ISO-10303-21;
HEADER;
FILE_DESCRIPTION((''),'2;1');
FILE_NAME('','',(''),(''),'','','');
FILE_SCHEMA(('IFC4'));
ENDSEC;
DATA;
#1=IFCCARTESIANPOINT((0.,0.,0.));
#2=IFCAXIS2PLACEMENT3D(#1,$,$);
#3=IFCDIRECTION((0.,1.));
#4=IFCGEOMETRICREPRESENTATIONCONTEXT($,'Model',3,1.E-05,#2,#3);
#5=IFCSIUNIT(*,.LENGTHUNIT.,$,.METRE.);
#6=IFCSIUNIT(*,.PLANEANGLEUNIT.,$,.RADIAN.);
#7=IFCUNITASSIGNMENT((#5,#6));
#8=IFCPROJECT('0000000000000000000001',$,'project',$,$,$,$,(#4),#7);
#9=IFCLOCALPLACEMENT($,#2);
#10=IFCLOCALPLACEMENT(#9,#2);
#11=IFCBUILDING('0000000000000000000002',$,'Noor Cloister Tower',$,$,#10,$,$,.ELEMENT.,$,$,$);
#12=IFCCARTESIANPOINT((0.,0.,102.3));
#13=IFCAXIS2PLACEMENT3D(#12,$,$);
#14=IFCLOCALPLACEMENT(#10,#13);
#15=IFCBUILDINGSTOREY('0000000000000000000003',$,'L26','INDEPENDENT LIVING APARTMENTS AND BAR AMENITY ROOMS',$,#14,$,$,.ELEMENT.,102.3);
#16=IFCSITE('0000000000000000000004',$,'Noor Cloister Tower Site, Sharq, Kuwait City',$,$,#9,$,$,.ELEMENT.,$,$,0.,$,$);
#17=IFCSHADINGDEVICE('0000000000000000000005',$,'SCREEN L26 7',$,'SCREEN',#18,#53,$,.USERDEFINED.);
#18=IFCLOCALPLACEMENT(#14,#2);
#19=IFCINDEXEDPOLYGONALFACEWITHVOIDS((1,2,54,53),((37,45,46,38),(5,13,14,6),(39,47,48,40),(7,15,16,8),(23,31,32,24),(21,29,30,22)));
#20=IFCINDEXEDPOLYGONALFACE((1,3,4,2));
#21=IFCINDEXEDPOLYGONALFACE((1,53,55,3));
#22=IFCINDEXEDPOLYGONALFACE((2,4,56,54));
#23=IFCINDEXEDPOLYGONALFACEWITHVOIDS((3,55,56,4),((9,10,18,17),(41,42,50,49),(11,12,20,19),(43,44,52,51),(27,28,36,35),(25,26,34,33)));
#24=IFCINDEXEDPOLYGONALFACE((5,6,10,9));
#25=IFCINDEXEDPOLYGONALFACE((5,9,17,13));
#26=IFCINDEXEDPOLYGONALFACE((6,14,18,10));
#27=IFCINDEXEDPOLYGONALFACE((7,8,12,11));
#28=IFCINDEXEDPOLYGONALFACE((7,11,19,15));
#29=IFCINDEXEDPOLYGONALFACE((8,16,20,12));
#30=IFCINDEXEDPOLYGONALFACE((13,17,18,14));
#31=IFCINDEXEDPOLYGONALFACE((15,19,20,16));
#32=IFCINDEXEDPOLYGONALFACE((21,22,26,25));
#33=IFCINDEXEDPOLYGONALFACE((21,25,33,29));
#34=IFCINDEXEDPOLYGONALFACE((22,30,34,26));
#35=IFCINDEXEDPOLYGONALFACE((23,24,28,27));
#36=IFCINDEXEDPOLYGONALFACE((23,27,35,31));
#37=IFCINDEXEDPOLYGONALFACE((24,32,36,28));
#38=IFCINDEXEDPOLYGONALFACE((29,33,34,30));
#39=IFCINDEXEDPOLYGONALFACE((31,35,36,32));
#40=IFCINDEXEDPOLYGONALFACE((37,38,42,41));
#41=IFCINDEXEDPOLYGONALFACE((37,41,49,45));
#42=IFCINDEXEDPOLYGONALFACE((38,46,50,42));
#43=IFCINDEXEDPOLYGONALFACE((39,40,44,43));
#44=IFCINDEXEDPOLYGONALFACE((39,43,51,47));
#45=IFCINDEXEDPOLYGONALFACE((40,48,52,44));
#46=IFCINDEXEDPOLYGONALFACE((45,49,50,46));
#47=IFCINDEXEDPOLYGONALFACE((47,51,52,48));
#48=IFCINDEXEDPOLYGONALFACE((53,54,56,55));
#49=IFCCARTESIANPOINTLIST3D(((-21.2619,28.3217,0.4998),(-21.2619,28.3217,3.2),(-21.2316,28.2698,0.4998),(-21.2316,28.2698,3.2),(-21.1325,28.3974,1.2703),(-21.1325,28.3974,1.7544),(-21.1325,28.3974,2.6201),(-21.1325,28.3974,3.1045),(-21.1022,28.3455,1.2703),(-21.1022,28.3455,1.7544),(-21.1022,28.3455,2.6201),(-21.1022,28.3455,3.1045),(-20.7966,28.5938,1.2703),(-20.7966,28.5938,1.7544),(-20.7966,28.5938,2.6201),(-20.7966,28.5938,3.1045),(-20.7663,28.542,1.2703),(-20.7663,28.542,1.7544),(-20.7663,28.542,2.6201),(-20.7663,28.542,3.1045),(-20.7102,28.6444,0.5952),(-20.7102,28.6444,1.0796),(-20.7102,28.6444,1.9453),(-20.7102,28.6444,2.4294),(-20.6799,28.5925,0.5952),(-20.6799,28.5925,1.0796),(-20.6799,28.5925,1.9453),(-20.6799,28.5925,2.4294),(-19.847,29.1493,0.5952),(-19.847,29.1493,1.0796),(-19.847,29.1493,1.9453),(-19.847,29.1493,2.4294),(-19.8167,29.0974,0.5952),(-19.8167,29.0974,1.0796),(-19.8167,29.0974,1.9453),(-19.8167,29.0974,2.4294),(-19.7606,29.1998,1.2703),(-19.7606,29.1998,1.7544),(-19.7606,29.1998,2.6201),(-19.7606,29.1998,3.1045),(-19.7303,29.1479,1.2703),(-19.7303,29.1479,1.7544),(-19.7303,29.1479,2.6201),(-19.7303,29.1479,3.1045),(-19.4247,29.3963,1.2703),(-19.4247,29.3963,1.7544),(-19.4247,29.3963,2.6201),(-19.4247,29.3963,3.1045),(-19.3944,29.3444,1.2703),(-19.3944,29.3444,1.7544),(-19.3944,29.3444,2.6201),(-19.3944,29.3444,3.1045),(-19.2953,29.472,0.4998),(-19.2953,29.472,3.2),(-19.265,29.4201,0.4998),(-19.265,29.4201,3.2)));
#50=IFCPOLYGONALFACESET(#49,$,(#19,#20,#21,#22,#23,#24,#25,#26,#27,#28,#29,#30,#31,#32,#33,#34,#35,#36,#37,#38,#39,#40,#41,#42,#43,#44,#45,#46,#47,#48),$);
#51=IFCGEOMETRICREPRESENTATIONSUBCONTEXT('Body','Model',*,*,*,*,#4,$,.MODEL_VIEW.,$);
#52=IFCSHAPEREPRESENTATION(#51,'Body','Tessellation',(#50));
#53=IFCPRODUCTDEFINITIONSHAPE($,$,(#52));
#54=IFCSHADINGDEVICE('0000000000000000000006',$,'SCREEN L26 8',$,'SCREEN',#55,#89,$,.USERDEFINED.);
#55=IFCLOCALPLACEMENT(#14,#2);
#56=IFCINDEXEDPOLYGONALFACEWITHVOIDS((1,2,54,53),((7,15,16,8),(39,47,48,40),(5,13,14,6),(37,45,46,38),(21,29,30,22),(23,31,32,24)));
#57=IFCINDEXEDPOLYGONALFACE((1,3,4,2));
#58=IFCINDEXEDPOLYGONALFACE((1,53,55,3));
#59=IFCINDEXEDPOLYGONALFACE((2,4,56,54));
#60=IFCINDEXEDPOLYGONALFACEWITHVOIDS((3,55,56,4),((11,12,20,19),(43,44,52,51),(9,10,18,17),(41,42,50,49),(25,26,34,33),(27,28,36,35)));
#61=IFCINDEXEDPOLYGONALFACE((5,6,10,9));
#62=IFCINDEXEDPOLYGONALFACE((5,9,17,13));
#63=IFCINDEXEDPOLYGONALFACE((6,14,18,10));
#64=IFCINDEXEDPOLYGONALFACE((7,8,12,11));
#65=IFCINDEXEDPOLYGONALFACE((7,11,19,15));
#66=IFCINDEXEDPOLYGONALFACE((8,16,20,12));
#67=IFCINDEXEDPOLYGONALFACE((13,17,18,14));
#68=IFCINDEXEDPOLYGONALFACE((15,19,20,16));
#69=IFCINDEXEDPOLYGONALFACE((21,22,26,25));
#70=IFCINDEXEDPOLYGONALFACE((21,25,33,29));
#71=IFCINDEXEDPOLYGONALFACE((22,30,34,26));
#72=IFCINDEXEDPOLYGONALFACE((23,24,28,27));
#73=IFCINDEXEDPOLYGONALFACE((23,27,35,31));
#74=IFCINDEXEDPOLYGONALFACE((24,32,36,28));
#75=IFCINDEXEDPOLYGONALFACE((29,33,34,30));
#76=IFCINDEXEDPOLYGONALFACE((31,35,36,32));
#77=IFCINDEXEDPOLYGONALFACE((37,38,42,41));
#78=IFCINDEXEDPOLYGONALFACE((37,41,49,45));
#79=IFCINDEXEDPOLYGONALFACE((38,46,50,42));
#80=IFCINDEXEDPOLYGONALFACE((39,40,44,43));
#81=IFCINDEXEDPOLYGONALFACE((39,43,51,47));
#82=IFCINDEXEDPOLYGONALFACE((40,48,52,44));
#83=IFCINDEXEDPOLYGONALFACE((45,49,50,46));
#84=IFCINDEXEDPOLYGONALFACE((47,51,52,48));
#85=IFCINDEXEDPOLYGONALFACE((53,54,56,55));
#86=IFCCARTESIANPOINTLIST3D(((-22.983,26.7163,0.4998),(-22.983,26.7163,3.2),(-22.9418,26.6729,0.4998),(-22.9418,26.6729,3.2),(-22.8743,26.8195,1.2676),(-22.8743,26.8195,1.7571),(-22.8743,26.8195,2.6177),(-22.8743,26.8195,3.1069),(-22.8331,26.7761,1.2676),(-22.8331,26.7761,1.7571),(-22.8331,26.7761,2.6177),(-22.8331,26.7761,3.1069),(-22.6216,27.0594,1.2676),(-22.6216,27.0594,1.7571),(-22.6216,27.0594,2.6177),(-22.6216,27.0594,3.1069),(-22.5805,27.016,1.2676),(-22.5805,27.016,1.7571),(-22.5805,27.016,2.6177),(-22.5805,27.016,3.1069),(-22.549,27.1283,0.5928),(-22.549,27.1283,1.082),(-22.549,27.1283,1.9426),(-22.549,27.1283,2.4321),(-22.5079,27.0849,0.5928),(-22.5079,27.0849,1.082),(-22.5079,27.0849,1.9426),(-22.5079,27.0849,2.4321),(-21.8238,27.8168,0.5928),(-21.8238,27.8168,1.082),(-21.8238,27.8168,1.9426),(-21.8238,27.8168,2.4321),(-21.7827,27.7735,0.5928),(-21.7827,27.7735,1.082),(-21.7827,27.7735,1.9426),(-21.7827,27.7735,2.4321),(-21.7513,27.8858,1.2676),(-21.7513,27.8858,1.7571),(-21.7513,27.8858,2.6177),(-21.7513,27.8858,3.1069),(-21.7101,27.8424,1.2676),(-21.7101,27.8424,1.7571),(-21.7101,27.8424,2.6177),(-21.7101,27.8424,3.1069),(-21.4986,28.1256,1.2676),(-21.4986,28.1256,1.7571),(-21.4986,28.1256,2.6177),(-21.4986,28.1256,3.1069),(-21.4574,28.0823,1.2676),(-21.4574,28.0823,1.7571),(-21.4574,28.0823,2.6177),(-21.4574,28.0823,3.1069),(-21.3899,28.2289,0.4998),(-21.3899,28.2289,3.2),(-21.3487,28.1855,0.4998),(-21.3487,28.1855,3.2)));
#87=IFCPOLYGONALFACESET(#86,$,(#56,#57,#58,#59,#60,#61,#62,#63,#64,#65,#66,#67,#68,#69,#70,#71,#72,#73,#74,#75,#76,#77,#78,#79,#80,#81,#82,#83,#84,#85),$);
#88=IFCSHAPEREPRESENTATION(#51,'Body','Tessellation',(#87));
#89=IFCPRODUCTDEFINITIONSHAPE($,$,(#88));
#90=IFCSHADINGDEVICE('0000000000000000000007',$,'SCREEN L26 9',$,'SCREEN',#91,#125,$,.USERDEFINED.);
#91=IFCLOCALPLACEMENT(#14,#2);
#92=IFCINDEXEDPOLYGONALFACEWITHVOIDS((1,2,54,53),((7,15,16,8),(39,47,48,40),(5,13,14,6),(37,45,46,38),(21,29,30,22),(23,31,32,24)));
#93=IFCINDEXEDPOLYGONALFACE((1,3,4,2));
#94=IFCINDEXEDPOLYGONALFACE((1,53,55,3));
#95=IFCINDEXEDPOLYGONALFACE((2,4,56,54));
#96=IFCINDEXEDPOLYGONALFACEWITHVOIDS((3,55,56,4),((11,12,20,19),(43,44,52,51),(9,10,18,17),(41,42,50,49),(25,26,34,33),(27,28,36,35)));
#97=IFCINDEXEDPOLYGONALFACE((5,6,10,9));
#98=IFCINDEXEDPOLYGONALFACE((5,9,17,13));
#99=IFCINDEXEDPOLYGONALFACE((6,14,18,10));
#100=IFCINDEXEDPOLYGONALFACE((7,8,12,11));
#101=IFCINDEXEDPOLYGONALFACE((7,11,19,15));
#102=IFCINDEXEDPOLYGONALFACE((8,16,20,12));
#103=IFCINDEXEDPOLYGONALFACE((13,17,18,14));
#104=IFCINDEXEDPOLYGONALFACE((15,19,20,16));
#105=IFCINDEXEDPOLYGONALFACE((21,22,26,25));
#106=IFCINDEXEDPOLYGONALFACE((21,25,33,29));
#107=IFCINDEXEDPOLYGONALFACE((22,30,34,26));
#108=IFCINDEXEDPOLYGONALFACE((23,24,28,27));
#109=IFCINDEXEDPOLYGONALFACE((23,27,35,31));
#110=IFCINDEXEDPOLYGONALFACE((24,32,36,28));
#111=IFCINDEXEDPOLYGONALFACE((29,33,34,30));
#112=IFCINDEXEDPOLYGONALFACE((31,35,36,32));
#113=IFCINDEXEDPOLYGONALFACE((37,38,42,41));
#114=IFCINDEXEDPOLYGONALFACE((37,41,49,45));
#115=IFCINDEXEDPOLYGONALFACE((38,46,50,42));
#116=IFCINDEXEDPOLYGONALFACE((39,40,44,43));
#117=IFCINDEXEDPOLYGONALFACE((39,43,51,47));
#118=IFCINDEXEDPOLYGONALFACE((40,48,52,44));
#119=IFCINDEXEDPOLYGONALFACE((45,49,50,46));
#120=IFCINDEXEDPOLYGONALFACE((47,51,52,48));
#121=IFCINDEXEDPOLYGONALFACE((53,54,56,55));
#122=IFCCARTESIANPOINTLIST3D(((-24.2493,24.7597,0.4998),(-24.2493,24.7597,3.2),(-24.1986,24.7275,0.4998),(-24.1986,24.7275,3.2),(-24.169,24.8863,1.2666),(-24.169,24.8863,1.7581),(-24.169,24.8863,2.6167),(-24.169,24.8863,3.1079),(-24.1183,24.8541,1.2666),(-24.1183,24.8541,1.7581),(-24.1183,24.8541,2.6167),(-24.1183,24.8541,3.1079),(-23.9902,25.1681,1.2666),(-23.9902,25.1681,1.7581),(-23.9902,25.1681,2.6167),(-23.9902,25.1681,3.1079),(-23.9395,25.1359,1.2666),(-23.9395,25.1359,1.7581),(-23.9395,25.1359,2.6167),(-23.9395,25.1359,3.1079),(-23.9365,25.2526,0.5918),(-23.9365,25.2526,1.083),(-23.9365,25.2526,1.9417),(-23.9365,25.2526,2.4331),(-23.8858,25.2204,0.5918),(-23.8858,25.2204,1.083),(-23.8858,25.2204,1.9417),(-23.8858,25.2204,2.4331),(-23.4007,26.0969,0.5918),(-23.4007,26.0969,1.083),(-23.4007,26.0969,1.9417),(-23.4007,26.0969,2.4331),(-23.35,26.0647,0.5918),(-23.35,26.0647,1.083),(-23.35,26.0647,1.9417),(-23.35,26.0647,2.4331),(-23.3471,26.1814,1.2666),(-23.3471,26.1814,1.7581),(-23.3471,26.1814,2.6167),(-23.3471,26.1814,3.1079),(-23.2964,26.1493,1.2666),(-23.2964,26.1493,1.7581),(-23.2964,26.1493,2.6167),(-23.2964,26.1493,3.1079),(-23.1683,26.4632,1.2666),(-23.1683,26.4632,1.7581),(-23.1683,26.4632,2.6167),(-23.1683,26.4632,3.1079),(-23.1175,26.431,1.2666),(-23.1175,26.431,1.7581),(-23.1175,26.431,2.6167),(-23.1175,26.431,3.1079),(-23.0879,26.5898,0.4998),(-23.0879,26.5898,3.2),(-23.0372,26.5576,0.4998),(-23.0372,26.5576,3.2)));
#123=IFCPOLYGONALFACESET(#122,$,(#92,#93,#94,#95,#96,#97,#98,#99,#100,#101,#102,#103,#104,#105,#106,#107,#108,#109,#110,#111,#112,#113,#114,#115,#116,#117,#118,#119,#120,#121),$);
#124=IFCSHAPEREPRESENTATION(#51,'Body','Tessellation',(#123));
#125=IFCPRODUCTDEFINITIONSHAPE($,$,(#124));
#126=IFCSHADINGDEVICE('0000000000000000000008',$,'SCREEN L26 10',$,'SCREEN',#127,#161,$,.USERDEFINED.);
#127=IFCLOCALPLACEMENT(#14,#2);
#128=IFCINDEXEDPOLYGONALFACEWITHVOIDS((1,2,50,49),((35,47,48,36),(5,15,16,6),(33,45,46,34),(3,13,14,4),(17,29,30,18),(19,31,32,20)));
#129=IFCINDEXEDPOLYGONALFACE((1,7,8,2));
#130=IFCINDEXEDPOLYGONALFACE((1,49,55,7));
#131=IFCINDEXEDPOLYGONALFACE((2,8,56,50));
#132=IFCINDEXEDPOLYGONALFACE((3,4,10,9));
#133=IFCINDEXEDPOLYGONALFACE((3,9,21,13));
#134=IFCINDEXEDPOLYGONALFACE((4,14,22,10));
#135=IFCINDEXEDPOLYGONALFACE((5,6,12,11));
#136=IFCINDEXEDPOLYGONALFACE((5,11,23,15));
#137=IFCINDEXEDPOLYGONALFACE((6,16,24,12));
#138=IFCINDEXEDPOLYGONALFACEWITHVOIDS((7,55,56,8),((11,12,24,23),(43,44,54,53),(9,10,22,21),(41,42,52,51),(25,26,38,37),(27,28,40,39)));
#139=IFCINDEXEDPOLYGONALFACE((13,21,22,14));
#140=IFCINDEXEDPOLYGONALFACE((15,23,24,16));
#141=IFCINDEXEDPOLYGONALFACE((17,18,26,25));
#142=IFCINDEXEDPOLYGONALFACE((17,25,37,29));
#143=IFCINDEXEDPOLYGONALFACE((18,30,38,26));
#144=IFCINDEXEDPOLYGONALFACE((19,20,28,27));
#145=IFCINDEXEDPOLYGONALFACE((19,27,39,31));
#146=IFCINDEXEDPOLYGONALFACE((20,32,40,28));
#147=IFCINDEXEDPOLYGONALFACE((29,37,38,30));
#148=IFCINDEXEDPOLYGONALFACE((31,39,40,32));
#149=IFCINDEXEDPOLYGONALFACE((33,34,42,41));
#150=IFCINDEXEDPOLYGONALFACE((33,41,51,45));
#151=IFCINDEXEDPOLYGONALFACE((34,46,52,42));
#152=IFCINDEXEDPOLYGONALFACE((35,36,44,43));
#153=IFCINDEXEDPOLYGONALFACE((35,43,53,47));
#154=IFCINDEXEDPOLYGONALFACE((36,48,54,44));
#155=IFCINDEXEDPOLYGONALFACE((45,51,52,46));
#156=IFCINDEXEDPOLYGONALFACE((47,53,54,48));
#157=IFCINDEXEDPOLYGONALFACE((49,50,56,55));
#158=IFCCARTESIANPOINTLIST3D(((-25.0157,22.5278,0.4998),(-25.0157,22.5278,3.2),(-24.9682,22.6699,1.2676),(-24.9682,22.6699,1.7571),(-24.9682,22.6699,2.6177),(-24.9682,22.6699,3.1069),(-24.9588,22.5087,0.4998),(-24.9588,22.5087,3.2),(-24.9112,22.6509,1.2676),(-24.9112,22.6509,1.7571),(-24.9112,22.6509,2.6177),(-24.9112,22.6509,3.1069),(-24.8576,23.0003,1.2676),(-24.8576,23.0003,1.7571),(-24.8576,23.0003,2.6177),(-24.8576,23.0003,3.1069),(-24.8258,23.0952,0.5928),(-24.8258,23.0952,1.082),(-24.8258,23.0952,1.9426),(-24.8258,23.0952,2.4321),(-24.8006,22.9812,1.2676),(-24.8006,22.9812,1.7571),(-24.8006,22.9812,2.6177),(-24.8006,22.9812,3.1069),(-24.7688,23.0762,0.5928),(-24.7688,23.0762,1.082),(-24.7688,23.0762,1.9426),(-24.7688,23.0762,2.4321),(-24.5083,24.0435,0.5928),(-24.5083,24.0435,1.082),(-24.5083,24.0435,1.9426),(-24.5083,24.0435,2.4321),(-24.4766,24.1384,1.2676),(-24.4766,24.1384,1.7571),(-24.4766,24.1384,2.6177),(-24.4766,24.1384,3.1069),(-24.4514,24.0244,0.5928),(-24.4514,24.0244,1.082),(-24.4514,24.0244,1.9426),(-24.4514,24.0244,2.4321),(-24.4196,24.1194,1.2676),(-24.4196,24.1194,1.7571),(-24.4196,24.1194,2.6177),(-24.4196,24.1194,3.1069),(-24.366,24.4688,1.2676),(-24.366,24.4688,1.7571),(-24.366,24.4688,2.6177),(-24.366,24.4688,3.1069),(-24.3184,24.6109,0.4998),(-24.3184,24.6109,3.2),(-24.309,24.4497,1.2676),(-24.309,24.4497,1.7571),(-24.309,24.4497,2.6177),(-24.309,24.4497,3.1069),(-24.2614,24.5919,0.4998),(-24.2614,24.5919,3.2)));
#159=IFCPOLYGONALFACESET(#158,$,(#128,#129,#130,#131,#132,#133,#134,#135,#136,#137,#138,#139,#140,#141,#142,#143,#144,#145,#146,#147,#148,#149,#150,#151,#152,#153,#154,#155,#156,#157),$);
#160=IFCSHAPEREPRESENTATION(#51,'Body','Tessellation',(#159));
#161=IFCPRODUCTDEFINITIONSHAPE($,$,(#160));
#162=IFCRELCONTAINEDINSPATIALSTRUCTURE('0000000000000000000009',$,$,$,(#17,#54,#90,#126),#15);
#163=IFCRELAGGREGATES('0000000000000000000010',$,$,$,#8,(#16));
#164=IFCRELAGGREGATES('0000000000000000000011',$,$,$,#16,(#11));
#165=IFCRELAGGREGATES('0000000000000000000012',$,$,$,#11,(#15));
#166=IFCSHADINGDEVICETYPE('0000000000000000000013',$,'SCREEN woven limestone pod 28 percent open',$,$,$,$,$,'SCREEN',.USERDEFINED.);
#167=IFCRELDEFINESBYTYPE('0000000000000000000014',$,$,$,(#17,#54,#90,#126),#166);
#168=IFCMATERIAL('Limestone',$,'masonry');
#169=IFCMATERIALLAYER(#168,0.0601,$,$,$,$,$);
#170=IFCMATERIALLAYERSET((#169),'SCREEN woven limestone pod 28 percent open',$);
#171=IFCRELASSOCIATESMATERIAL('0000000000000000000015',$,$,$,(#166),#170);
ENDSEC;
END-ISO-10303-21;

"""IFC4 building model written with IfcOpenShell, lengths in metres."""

from ifc_helpers import new_model, si_unit, direction, frame, origin, place, context, subcontext, project, spatial, polyline, outline, extrude, material, layer, layer_set, type_object, element, save


model = new_model("IFC4")

# Units and contexts
model_context = context("Model", 3, precision=1e-05, world=origin(), true_north=direction((0.0, 1.0)))
body_context = subcontext(model_context, "Body", "Model", "MODEL_VIEW")
ifc_project = project(units=[si_unit("LENGTHUNIT", "METRE"), si_unit("PLANEANGLEUNIT", "RADIAN")], contexts=[model_context])

# Site, building, storey
site_placement = place(None, origin())
site = spatial("IfcSite", under=ifc_project, at=site_placement, Name="Noor Cloister Tower Site, Sharq, Kuwait City", CompositionType="ELEMENT", RefElevation=0.0)
building_placement = place(site_placement, origin())
building = spatial("IfcBuilding", under=site, at=building_placement, Name="Noor Cloister Tower", CompositionType="ELEMENT")
storey_placement = place(building_placement, frame((0.0, 0.0, 102.3)))
storey = spatial("IfcBuildingStorey", under=building, at=storey_placement, Name="L26", Description="INDEPENDENT LIVING APARTMENTS AND BAR AMENITY ROOMS", CompositionType="ELEMENT", Elevation=102.3)

# Shading devices
ifc_material_1 = material(Name="Limestone", Category="masonry")
ifc_layer_1 = layer(ifc_material_1, 0.0601)
ifc_layer_set_1 = layer_set([ifc_layer_1], Name="SCREEN woven limestone pod 28 percent open")
shading_device_type = type_object("IfcShadingDeviceType", Name="SCREEN woven limestone pod 28 percent open", ElementType="SCREEN", PredefinedType="USERDEFINED", material=ifc_layer_set_1)
shading_device_1_placement = place(storey_placement, frame((-20.2483, 28.845, 1.8499), z_axis=(-0.504883, 0.863188, 0.0), x_axis=(-0.863188, -0.504883, 0.0)))
element("IfcShadingDevice", 1, at=shading_device_1_placement, inside=storey, type_object=shading_device_type, Name="SCREEN L26 7", ObjectType="SCREEN", PredefinedType="USERDEFINED", context=body_context, shape_type="SweptSolid", body=[
    extrude(outline(polyline([(-1.1392, -1.3501), (1.1392, -1.3501), (1.1392, 1.3501), (-1.1392, 1.3501), (-1.1392, -1.3501)]), holes=[polyline([(-0.5, -1.2546), (0.5, -1.2546), (0.5, -0.7703), (-0.5, -0.7703), (-0.5, -1.2546)]), polyline([(0.6001, -0.5796), (0.9893, -0.5796), (0.9893, -0.0955), (0.6001, -0.0955), (0.6001, -0.5796)]), polyline([(-0.9893, -0.5796), (-0.6001, -0.5796), (-0.6001, -0.0955), (-0.9893, -0.0955), (-0.9893, -0.5796)]), polyline([(-0.5, 0.0955), (0.5, 0.0955), (0.5, 0.5796), (-0.5, 0.5796), (-0.5, 0.0955)]), polyline([(0.6001, 0.7703), (0.9893, 0.7703), (0.9893, 1.2546), (0.6001, 1.2546), (0.6001, 0.7703)]), polyline([(-0.9893, 0.7703), (-0.6001, 0.7703), (-0.6001, 1.2546), (-0.9893, 1.2546), (-0.9893, 0.7703)])]), origin(), (0.0, 0.0, 1.0), 0.0601),
])
shading_device_2_placement = place(storey_placement, frame((-22.1453, 27.4292, 1.8499), z_axis=(-0.688535, 0.725203, 0.0), x_axis=(-0.725203, -0.688535, 0.0)))
element("IfcShadingDevice", 2, at=shading_device_2_placement, inside=storey, type_object=shading_device_type, Name="SCREEN L26 8", ObjectType="SCREEN", PredefinedType="USERDEFINED", context=body_context, shape_type="SweptSolid", body=[
    extrude(outline(polyline([(-1.0984, -1.3501), (1.0984, -1.3501), (1.0984, 1.3501), (-1.0984, 1.3501), (-1.0984, -1.3501)]), holes=[polyline([(-0.5, -1.2571), (0.5, -1.2571), (0.5, -0.7678), (-0.5, -0.7678), (-0.5, -1.2571)]), polyline([(0.6001, -0.5823), (0.9485, -0.5823), (0.9485, -0.0928), (0.6001, -0.0928), (0.6001, -0.5823)]), polyline([(-0.9485, -0.5823), (-0.6001, -0.5823), (-0.6001, -0.0928), (-0.9485, -0.0928), (-0.9485, -0.5823)]), polyline([(-0.5, 0.0928), (0.5, 0.0928), (0.5, 0.5823), (-0.5, 0.5823), (-0.5, 0.0928)]), polyline([(0.6001, 0.7678), (0.9485, 0.7678), (0.9485, 1.2571), (0.6001, 1.2571), (0.6001, 0.7678)]), polyline([(-0.9485, 0.7678), (-0.6001, 0.7678), (-0.6001, 1.2571), (-0.9485, 1.2571), (-0.9485, 0.7678)])]), origin(), (0.0, 0.0, 1.0), 0.0598),
])
shading_device_3_placement = place(storey_placement, frame((-23.6179, 25.6426, 1.8499), z_axis=(-0.844329, 0.535824, 0.0), x_axis=(-0.535824, -0.844329, 0.0)))
element("IfcShadingDevice", 3, at=shading_device_3_placement, inside=storey, type_object=shading_device_type, Name="SCREEN L26 9", ObjectType="SCREEN", PredefinedType="USERDEFINED", context=body_context, shape_type="SweptSolid", body=[
    extrude(outline(polyline([(-1.0837, -1.3501), (1.0837, -1.3501), (1.0837, 1.3501), (-1.0837, 1.3501), (-1.0837, -1.3501)]), holes=[polyline([(-0.5, -1.2581), (0.5, -1.2581), (0.5, -0.7668), (-0.5, -0.7668), (-0.5, -1.2581)]), polyline([(0.6001, -0.5833), (0.9338, -0.5833), (0.9338, -0.0918), (0.6001, -0.0918), (0.6001, -0.5833)]), polyline([(-0.9338, -0.5833), (-0.6001, -0.5833), (-0.6001, -0.0918), (-0.9338, -0.0918), (-0.9338, -0.5833)]), polyline([(-0.5, 0.0918), (0.5, 0.0918), (0.5, 0.5833), (-0.5, 0.5833), (-0.5, 0.0918)]), polyline([(0.6001, 0.7668), (0.9338, 0.7668), (0.9338, 1.2581), (0.6001, 1.2581), (0.6001, 0.7668)]), polyline([(-0.9338, 0.7668), (-0.6001, 0.7668), (-0.6001, 1.2581), (-0.9338, 1.2581), (-0.9338, 0.7668)])]), origin(), (0.0, 0.0, 1.0), 0.0601),
])
shading_device_4_placement = place(storey_placement, frame((-24.6101, 23.5503, 1.8499), z_axis=(-0.948276, 0.317448, 0.0), x_axis=(-0.317448, -0.948276, 0.0)))
element("IfcShadingDevice", 4, at=shading_device_4_placement, inside=storey, type_object=shading_device_type, Name="SCREEN L26 10", ObjectType="SCREEN", PredefinedType="USERDEFINED", context=body_context, shape_type="SweptSolid", body=[
    extrude(outline(polyline([(-1.0984, -1.3501), (1.0984, -1.3501), (1.0984, 1.3501), (-1.0984, 1.3501), (-1.0984, -1.3501)]), holes=[polyline([(-0.5, -1.2571), (0.5, -1.2571), (0.5, -0.7678), (-0.5, -0.7678), (-0.5, -1.2571)]), polyline([(0.6001, -0.5823), (0.9485, -0.5823), (0.9485, -0.0928), (0.6001, -0.0928), (0.6001, -0.5823)]), polyline([(-0.9485, -0.5823), (-0.6001, -0.5823), (-0.6001, -0.0928), (-0.9485, -0.0928), (-0.9485, -0.5823)]), polyline([(-0.5, 0.0928), (0.5, 0.0928), (0.5, 0.5823), (-0.5, 0.5823), (-0.5, 0.0928)]), polyline([(0.6001, 0.7678), (0.9485, 0.7678), (0.9485, 1.2571), (0.6001, 1.2571), (0.6001, 0.7678)]), polyline([(-0.9485, 0.7678), (-0.6001, 0.7678), (-0.6001, 1.2571), (-0.9485, 1.2571), (-0.9485, 0.7678)])]), origin(), (0.0, 0.0, 1.0), 0.0601),
])

save(model, "model.ifc")
